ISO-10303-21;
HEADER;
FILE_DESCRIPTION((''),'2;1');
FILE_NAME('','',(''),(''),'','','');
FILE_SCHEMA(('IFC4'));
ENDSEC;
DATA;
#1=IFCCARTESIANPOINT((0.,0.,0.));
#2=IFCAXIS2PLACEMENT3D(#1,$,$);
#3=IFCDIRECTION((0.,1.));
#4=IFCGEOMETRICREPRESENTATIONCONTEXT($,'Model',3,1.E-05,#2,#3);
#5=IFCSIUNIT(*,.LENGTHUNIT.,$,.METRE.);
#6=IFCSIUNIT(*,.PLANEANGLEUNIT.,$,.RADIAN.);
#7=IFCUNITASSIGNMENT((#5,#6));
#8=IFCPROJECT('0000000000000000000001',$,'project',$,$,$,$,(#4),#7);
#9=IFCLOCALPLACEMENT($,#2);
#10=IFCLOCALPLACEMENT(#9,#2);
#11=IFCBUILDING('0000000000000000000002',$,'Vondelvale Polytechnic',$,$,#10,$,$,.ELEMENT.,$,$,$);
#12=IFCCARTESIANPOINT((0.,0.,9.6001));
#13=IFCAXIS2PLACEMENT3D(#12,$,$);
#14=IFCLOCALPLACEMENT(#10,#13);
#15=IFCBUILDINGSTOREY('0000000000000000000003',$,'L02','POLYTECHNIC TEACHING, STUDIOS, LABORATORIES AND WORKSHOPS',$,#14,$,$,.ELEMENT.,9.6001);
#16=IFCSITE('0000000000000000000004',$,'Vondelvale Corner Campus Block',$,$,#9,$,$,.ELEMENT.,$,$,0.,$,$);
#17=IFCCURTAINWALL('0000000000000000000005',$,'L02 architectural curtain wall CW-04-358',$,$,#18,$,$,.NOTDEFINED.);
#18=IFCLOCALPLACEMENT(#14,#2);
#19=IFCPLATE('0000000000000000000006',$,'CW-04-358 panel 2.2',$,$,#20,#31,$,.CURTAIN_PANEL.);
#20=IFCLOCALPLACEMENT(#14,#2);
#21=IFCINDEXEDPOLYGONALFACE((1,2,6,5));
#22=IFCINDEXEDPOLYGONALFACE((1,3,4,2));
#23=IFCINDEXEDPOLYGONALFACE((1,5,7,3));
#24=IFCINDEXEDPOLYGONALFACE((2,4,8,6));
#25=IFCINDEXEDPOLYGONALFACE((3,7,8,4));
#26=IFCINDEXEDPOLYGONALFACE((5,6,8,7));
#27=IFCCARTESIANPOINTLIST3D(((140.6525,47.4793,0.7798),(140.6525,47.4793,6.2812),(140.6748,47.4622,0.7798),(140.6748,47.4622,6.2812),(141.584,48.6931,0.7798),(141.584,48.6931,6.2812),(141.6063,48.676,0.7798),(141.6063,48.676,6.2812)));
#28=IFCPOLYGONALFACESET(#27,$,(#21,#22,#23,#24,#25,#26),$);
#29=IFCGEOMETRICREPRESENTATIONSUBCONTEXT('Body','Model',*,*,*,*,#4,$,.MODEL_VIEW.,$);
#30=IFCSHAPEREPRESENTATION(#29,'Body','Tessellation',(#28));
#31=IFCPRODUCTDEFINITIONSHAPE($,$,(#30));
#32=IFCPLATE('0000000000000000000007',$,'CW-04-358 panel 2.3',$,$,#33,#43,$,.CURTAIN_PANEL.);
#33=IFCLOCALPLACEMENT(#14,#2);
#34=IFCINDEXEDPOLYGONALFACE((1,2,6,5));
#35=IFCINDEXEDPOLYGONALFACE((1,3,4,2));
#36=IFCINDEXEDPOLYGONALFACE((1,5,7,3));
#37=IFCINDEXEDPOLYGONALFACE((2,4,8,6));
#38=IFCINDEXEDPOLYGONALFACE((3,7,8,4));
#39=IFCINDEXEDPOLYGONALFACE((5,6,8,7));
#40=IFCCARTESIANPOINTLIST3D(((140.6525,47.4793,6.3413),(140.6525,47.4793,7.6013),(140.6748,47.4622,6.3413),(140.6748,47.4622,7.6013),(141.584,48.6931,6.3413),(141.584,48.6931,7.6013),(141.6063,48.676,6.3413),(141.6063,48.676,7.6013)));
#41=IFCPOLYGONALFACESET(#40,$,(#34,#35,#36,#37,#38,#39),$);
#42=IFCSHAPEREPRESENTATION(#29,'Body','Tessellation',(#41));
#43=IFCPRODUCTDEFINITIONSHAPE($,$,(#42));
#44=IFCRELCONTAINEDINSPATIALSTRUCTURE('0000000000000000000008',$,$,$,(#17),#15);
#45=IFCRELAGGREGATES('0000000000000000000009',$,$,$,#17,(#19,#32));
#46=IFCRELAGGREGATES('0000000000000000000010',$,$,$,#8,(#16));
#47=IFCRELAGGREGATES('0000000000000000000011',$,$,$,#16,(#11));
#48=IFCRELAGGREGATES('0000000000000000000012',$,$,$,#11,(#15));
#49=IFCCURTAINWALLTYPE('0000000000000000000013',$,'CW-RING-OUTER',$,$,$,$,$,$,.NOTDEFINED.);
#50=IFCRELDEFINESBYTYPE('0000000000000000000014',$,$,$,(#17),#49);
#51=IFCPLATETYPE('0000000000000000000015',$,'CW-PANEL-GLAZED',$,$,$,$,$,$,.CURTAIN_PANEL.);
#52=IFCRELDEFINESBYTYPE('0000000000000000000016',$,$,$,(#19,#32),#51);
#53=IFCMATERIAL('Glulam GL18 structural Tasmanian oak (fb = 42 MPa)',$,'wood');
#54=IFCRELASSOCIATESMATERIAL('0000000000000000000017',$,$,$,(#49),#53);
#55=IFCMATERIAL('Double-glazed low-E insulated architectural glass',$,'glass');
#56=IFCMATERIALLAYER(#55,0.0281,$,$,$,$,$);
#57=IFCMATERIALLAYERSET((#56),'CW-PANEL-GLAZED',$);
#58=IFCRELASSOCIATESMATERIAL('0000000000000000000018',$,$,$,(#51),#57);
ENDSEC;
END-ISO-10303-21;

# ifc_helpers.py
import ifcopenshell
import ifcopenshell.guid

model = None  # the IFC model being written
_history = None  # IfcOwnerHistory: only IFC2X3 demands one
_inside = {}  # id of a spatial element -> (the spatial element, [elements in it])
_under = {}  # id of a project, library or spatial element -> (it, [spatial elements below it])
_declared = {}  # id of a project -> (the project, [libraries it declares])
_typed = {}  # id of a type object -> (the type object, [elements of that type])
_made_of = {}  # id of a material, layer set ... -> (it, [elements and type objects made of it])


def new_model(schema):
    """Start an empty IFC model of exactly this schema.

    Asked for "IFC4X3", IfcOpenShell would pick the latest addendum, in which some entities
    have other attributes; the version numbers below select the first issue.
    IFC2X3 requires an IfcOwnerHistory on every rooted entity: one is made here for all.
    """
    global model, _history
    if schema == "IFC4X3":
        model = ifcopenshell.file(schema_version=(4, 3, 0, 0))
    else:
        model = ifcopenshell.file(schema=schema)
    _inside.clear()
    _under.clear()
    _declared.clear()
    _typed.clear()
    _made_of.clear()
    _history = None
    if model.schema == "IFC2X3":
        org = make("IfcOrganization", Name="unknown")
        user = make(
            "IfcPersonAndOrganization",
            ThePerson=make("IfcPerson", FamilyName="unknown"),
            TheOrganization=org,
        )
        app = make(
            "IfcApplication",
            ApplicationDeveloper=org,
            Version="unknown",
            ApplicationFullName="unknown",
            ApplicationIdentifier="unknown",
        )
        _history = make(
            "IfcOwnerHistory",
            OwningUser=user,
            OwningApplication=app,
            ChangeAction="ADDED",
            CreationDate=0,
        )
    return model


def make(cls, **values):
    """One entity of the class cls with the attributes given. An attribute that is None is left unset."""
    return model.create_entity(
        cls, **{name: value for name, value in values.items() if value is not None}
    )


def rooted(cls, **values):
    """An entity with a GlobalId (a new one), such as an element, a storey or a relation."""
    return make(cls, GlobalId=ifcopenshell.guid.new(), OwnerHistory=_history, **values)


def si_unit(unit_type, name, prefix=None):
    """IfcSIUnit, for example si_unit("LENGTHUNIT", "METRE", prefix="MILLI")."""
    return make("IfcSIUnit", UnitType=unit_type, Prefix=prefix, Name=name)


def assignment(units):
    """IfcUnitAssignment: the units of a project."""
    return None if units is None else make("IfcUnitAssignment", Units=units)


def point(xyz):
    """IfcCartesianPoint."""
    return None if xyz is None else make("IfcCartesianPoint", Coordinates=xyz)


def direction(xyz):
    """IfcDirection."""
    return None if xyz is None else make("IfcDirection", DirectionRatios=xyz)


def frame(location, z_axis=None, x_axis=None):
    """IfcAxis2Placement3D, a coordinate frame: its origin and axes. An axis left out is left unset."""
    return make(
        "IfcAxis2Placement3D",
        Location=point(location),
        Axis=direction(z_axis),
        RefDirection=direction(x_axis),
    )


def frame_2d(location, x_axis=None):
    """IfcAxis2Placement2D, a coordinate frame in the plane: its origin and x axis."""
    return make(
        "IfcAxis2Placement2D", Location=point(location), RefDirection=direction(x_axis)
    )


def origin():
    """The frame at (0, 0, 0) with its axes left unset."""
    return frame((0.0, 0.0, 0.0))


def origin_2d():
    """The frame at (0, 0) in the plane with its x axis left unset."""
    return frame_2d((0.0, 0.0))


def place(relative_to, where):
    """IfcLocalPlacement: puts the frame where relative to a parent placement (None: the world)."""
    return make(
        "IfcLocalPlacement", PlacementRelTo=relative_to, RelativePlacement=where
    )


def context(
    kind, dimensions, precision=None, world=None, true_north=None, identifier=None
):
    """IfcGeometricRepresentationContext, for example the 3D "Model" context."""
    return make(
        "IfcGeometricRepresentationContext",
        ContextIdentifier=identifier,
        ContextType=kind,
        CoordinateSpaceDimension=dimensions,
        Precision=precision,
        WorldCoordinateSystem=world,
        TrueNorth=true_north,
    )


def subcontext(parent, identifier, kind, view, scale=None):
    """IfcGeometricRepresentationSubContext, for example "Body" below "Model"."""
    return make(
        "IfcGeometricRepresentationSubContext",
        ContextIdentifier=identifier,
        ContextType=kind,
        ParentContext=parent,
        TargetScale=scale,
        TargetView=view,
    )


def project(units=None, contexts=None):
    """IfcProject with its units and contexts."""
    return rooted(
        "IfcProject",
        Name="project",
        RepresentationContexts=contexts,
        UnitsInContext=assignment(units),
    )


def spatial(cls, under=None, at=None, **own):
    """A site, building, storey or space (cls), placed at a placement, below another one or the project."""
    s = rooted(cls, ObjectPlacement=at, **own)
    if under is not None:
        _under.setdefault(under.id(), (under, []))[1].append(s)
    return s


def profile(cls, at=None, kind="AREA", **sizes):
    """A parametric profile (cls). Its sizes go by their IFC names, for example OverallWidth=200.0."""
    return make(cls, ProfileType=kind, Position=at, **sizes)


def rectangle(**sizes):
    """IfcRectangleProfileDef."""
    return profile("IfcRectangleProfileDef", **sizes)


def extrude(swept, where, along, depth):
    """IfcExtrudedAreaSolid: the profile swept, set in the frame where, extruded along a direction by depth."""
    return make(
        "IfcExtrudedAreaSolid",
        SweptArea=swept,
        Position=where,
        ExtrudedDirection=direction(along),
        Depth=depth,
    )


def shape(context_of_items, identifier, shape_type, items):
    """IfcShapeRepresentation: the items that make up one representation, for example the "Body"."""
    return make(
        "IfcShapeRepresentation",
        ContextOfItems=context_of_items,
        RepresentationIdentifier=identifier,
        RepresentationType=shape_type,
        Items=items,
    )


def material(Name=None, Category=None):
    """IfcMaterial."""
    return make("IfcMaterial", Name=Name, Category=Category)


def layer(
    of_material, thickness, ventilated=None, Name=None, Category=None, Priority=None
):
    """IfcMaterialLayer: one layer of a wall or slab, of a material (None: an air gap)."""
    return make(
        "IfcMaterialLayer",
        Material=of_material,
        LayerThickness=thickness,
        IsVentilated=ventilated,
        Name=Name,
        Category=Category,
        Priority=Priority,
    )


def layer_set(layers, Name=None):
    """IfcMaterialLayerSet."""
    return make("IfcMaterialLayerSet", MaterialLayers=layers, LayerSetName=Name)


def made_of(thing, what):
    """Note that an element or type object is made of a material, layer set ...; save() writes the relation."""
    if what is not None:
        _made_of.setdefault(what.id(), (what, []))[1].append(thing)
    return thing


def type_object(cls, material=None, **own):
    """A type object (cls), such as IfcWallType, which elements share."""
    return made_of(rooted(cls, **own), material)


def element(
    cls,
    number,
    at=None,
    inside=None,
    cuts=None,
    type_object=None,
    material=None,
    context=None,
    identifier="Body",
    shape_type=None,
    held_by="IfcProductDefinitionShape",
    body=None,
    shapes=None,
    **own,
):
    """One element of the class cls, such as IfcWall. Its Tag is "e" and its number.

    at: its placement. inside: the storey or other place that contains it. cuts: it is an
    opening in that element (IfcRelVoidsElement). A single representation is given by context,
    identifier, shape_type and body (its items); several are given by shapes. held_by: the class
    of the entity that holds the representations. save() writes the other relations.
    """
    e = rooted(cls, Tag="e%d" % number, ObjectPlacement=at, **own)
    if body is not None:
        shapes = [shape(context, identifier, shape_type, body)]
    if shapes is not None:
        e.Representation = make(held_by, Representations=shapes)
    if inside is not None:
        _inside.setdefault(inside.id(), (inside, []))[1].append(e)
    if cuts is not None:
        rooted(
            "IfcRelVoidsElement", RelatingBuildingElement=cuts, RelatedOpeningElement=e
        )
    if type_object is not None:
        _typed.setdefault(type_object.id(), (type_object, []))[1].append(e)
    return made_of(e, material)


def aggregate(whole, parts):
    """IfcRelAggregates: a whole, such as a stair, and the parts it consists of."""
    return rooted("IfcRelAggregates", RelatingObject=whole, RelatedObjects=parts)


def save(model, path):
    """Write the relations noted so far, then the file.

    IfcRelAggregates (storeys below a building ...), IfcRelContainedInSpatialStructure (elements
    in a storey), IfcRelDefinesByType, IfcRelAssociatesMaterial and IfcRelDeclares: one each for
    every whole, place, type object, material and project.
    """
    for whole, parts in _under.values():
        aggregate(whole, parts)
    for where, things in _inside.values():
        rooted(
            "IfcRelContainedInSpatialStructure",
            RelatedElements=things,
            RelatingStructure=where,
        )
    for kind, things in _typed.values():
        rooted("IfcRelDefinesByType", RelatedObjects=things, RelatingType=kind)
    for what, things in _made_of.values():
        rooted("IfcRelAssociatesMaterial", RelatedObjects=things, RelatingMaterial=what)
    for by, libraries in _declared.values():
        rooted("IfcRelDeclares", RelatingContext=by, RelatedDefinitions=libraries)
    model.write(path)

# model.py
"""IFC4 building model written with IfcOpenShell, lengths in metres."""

from ifc_helpers import new_model, si_unit, direction, frame, origin, origin_2d, place, context, subcontext, project, spatial, rectangle, extrude, material, layer, layer_set, type_object, element, aggregate, save


model = new_model("IFC4")

# Units and contexts
model_context = context("Model", 3, precision=1e-05, world=origin(), true_north=direction((0.0, 1.0)))
body_context = subcontext(model_context, "Body", "Model", "MODEL_VIEW")
ifc_project = project(units=[si_unit("LENGTHUNIT", "METRE"), si_unit("PLANEANGLEUNIT", "RADIAN")], contexts=[model_context])

# Site, building, storey
site_placement = place(None, origin())
site = spatial("IfcSite", under=ifc_project, at=site_placement, Name="Vondelvale Corner Campus Block", CompositionType="ELEMENT", RefElevation=0.0)
building_placement = place(site_placement, origin())
building = spatial("IfcBuilding", under=site, at=building_placement, Name="Vondelvale Polytechnic", CompositionType="ELEMENT")
storey_placement = place(building_placement, frame((0.0, 0.0, 9.6001)))
storey = spatial("IfcBuildingStorey", under=building, at=storey_placement, Name="L02", Description="POLYTECHNIC TEACHING, STUDIOS, LABORATORIES AND WORKSHOPS", CompositionType="ELEMENT", Elevation=9.6001)

# Curtain wall
ifc_material_1 = material(Name="Glulam GL18 structural Tasmanian oak (fb = 42 MPa)", Category="wood")
curtain_wall_type = type_object("IfcCurtainWallType", Name="CW-RING-OUTER", PredefinedType="NOTDEFINED", material=ifc_material_1)
curtain_wall_1_placement = place(storey_placement, origin())
curtain_wall_1 = element("IfcCurtainWall", 1, at=curtain_wall_1_placement, inside=storey, type_object=curtain_wall_type, Name="L02 architectural curtain wall CW-04-358", PredefinedType="NOTDEFINED")

# Plates
ifc_material_2 = material(Name="Double-glazed low-E insulated architectural glass", Category="glass")
ifc_layer = layer(ifc_material_2, 0.0281)
ifc_layer_set = layer_set([ifc_layer], Name="CW-PANEL-GLAZED")
plate_type = type_object("IfcPlateType", Name="CW-PANEL-GLAZED", PredefinedType="CURTAIN_PANEL", material=ifc_layer_set)
plate_1_placement = place(storey_placement, frame((141.1294, 48.0776, 0.7798), z_axis=(0.0, 0.0, 1.0), x_axis=(0.608787, 0.793334, 0.0)))
plate_1 = element("IfcPlate", 2, at=plate_1_placement, type_object=plate_type, Name="CW-04-358 panel 2.2", PredefinedType="CURTAIN_PANEL", context=body_context, shape_type="SweptSolid", body=[
    extrude(rectangle(XDim=1.53, YDim=0.0281, at=origin_2d()), origin(), (0.0, 0.0, 1.0), 5.5015),
])
plate_2_placement = place(storey_placement, frame((141.1294, 48.0776, 6.3413), z_axis=(0.0, 0.0, 1.0), x_axis=(0.608787, 0.793334, 0.0)))
plate_2 = element("IfcPlate", 3, at=plate_2_placement, type_object=plate_type, Name="CW-04-358 panel 2.3", PredefinedType="CURTAIN_PANEL", context=body_context, shape_type="SweptSolid", body=[
    extrude(rectangle(XDim=1.53, YDim=0.0281, at=origin_2d()), origin(), (0.0, 0.0, 1.0), 1.26),
])
aggregate(curtain_wall_1, [plate_1, plate_2])

save(model, "model.ifc")
